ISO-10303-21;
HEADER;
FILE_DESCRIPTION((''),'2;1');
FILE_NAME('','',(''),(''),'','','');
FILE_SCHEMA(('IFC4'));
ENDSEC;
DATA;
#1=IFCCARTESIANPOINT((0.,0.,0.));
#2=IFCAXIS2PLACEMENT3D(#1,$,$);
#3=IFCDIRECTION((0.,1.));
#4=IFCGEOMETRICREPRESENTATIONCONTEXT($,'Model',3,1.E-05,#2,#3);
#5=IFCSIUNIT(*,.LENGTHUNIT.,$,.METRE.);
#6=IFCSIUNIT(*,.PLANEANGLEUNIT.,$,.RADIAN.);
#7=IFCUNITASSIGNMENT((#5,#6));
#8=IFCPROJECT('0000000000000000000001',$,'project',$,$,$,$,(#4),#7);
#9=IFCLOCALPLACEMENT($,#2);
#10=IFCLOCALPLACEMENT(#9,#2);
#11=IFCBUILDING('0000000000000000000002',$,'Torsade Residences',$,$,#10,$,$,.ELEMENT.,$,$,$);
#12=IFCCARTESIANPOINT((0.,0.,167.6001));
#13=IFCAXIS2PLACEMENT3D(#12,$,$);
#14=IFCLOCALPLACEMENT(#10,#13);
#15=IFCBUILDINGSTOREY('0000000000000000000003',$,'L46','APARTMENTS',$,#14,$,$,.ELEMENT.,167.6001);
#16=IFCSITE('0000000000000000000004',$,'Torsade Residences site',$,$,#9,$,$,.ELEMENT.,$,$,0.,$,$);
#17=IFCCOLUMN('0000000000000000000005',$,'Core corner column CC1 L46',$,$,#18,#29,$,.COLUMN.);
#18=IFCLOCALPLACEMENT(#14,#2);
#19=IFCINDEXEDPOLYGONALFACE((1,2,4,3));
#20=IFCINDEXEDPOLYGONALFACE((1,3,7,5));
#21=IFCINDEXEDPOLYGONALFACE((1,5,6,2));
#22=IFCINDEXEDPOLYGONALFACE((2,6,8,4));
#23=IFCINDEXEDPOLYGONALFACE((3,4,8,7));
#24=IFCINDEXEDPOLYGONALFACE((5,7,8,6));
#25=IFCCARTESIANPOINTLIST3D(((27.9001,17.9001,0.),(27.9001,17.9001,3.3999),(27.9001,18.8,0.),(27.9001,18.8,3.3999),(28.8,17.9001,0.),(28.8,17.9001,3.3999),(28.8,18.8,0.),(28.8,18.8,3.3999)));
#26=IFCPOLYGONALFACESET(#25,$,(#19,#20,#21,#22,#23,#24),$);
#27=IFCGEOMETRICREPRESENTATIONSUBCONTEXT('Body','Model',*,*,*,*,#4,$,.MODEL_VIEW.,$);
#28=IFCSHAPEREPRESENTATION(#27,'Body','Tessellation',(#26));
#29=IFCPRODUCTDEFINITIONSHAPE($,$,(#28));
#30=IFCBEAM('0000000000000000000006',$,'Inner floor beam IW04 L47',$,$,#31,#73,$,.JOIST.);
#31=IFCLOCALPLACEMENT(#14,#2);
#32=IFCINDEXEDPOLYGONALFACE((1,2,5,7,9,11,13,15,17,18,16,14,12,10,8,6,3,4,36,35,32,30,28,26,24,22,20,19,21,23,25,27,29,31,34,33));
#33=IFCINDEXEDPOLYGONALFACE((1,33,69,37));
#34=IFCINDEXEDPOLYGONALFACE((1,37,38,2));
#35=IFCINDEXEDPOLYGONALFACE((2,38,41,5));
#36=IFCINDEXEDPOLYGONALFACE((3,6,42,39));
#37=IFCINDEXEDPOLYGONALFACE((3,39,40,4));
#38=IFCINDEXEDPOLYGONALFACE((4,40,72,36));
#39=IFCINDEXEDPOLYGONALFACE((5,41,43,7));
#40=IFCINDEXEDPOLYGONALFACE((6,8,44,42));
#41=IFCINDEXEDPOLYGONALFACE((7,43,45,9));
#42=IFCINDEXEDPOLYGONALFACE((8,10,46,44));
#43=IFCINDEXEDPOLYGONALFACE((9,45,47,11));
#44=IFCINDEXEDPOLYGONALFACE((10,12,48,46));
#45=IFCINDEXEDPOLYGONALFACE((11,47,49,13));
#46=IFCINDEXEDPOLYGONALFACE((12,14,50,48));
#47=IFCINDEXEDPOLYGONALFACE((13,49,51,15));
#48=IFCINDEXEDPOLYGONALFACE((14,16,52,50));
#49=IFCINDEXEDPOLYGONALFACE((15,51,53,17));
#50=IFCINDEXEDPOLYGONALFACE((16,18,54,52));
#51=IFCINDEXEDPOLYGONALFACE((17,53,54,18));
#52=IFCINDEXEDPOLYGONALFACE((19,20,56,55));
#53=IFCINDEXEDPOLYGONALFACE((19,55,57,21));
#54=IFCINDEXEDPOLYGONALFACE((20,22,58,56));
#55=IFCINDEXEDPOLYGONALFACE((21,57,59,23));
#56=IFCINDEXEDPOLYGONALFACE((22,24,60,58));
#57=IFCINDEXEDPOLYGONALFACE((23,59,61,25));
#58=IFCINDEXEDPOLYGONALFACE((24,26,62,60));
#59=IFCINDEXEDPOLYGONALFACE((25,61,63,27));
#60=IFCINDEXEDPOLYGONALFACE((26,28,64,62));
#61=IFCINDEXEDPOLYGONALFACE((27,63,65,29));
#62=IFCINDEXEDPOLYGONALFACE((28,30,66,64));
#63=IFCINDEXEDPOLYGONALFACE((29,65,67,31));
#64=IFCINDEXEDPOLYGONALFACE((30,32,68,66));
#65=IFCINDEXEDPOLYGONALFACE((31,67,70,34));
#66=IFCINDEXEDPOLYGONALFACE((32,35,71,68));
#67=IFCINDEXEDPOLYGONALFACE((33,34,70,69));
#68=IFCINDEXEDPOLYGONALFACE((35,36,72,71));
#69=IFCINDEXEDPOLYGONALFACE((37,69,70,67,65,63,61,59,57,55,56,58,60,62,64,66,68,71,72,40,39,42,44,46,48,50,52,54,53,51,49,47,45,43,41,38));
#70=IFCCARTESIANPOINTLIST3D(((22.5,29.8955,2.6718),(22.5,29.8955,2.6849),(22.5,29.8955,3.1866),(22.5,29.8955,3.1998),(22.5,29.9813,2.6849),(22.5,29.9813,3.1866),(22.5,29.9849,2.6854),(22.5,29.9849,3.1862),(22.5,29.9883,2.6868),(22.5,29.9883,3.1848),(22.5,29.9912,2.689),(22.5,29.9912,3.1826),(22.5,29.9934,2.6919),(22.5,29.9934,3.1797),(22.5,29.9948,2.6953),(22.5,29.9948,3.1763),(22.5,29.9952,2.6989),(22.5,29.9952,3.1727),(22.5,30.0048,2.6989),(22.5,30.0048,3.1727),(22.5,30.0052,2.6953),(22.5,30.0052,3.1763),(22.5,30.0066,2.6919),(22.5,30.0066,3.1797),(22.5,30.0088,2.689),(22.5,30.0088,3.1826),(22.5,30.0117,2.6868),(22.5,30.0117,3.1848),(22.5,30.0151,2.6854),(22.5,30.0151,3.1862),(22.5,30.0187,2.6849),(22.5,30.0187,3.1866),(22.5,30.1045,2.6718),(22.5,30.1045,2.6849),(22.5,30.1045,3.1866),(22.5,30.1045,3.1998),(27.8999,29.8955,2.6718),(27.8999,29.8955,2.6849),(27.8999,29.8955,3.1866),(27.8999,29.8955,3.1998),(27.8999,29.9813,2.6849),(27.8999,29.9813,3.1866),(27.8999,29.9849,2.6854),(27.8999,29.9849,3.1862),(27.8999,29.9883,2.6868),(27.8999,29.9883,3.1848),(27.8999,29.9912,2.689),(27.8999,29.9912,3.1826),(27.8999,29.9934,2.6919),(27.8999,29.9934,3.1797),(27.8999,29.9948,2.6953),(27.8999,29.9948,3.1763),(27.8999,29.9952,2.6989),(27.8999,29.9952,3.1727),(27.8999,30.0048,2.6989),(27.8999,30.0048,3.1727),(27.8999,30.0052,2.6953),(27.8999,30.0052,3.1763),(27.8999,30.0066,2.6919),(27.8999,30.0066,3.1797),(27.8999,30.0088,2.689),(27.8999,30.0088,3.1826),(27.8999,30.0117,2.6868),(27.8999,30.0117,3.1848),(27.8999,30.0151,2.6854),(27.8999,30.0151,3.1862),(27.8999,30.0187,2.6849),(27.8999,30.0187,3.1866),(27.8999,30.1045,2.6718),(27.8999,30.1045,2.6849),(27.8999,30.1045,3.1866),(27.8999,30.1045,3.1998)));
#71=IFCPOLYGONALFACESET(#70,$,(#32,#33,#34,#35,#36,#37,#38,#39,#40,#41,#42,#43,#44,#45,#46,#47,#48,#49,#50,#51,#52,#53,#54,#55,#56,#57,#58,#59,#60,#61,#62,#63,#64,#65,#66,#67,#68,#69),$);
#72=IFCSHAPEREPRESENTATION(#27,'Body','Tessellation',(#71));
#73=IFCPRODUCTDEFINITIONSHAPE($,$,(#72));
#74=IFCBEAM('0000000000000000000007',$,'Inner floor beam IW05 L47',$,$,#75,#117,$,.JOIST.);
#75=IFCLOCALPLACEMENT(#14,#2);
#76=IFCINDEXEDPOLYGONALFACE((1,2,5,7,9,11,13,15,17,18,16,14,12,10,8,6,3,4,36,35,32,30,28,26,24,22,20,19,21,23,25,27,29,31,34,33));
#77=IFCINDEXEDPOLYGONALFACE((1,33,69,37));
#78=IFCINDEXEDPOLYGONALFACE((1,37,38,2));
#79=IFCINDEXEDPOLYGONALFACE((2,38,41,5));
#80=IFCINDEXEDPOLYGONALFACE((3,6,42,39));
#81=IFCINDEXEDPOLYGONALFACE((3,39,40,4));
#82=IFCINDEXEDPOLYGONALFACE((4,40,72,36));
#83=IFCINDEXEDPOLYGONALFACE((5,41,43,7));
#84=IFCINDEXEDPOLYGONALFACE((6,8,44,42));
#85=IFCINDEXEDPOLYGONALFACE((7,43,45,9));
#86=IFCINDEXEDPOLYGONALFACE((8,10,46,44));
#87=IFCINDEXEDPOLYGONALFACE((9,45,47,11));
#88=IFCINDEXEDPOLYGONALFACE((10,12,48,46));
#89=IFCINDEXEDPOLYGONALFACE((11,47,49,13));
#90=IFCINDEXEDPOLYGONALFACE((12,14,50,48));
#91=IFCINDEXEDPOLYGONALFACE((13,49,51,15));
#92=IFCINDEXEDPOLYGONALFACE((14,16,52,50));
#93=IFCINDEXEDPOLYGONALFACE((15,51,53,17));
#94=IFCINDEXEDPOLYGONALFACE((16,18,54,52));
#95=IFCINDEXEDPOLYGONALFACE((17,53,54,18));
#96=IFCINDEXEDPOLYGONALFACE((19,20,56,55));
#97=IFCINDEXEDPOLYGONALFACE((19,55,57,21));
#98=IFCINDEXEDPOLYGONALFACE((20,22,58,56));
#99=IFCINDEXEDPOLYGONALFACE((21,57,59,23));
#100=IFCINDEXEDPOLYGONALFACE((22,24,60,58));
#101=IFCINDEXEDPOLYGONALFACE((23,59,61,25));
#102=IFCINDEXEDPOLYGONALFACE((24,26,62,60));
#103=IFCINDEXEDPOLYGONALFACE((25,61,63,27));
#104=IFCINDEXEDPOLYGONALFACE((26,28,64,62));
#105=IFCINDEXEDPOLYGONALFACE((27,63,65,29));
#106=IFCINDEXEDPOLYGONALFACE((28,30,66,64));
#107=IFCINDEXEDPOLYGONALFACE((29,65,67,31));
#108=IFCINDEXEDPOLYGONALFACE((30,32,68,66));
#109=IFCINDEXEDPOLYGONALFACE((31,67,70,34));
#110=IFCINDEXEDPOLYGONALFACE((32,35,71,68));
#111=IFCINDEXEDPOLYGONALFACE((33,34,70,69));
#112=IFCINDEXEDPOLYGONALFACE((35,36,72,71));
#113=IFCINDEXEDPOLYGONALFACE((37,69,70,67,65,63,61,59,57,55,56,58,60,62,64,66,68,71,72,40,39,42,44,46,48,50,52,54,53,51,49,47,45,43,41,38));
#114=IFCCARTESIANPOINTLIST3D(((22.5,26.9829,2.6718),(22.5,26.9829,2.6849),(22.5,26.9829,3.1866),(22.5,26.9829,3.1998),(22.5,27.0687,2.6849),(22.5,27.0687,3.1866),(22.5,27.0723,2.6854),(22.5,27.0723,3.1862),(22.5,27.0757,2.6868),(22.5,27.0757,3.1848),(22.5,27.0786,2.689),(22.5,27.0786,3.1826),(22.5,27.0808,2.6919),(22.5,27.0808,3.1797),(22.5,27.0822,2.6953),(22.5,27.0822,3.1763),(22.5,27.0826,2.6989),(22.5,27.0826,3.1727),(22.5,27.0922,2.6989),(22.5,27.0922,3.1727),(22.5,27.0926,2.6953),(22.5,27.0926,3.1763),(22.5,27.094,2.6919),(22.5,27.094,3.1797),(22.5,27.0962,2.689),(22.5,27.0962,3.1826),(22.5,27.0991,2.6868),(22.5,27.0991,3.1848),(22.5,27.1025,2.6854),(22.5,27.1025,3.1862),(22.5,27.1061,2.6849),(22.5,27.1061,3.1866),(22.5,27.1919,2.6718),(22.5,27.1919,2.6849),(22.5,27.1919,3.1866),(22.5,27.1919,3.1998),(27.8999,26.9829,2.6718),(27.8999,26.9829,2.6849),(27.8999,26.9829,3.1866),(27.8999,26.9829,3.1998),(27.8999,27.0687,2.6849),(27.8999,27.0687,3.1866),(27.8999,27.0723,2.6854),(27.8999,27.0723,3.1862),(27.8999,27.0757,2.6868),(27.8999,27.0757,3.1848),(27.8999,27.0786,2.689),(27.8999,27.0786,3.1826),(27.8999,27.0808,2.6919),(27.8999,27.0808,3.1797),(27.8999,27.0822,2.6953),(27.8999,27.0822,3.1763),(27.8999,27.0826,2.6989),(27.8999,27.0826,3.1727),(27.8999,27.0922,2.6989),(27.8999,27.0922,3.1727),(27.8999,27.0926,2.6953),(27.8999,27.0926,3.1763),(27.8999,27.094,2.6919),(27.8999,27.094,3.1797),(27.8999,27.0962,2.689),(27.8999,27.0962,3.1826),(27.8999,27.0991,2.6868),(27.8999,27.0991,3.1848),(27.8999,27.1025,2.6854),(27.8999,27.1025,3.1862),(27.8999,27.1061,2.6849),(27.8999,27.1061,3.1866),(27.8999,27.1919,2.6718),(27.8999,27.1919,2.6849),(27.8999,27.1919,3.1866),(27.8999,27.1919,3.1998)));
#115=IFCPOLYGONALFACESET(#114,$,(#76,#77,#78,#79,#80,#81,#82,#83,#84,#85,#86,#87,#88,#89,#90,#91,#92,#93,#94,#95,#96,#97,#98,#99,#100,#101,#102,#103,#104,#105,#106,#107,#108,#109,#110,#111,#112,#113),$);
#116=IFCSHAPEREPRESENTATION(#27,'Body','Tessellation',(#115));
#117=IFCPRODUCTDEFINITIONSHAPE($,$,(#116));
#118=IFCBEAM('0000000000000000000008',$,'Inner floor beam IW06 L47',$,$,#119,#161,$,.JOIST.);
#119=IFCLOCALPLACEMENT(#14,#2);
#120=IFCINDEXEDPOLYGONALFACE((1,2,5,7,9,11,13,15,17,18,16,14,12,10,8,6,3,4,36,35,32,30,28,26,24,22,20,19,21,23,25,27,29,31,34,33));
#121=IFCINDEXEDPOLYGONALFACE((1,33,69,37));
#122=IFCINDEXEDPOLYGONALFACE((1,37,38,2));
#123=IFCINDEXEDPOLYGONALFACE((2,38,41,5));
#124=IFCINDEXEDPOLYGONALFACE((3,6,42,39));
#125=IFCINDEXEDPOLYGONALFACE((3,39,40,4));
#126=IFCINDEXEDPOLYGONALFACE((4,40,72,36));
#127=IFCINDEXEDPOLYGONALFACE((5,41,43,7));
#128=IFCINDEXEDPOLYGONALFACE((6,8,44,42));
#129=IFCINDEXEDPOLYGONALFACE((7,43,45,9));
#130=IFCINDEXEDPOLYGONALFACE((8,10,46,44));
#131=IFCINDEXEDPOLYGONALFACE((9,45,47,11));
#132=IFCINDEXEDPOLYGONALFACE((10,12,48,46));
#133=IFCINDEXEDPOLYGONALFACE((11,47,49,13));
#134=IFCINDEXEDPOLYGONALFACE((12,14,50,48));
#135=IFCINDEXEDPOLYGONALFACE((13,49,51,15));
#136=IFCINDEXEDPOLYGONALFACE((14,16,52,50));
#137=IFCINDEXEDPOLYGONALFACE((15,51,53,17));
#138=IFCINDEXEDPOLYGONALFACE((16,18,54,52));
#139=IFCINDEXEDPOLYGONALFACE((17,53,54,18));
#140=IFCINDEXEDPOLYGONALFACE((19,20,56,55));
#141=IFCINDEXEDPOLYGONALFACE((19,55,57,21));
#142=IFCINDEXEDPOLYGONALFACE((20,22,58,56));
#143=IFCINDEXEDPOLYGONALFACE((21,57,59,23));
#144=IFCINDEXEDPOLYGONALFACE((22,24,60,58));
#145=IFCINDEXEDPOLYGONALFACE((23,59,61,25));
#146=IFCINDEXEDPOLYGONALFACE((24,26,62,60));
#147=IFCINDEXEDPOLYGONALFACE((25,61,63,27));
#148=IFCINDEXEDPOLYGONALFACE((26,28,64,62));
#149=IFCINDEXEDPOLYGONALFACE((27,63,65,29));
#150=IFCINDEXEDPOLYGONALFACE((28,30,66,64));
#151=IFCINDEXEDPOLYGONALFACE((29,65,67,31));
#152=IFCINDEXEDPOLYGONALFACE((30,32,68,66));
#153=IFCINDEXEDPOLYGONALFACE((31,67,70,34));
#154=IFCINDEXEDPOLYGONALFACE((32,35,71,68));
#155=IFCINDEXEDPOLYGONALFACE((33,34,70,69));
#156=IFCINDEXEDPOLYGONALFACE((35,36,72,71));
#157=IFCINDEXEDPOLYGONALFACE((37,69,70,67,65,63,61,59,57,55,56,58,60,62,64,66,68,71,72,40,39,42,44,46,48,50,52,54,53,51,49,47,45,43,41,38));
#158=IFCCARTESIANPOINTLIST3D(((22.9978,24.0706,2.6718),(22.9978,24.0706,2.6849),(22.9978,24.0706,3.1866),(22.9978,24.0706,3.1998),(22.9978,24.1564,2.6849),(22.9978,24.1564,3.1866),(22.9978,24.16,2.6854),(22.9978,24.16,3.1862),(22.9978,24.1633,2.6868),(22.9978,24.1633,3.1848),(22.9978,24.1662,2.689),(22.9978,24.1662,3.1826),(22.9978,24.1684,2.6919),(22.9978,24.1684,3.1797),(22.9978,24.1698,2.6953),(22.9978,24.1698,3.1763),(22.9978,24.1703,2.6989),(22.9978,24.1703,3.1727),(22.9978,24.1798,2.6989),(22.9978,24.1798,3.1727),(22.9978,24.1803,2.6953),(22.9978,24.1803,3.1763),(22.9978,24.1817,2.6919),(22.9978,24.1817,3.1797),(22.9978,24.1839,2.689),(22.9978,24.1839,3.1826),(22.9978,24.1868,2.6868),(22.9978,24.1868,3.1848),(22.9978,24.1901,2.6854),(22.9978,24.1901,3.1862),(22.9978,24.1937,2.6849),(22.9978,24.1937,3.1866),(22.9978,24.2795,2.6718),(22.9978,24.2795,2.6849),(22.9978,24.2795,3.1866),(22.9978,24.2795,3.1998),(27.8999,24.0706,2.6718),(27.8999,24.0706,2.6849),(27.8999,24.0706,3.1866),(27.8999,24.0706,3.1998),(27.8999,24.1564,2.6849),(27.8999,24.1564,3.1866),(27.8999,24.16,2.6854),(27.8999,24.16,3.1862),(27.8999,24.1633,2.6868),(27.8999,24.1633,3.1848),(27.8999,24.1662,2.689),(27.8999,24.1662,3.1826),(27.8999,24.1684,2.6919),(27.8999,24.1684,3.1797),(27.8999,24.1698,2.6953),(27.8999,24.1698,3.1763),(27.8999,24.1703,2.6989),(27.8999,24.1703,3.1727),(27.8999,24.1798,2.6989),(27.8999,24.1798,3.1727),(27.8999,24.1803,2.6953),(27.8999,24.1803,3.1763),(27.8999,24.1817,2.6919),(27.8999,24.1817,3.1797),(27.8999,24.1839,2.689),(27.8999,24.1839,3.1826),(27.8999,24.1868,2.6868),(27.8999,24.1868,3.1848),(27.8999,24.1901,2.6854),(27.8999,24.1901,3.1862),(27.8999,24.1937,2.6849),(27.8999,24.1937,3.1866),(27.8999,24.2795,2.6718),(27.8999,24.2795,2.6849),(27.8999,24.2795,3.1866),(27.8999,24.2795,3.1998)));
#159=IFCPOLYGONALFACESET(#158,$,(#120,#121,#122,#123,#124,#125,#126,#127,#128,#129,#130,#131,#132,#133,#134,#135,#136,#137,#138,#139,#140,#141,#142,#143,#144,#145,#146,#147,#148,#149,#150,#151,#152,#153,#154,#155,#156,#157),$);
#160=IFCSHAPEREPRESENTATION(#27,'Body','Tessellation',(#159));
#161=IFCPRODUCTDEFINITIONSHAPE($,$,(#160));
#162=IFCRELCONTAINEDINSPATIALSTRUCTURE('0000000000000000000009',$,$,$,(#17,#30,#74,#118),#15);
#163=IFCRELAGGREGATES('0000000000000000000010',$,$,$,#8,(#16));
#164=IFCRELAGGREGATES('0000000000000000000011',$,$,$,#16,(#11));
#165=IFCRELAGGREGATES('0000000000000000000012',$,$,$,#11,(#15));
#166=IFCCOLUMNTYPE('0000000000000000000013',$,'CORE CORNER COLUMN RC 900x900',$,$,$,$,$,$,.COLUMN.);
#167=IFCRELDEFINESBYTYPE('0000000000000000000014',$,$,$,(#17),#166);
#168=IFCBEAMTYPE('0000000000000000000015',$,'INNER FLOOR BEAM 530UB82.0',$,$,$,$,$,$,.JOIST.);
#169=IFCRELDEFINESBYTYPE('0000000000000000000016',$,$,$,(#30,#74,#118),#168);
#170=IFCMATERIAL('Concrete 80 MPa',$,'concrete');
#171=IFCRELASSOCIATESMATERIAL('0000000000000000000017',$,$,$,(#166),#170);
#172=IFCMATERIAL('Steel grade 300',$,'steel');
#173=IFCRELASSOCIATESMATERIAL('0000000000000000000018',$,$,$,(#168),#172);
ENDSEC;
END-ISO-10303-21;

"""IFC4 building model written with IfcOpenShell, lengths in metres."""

from ifc_helpers import new_model, si_unit, direction, frame, origin, origin_2d, place, context, subcontext, project, spatial, rectangle, i_section, extrude, material, material_profile, profile_set, type_object, element, save


model = new_model("IFC4")

# Units and contexts
model_context = context("Model", 3, precision=1e-05, world=origin(), true_north=direction((0.0, 1.0)))
body_context = subcontext(model_context, "Body", "Model", "MODEL_VIEW")
ifc_project = project(units=[si_unit("LENGTHUNIT", "METRE"), si_unit("PLANEANGLEUNIT", "RADIAN")], contexts=[model_context])

# Site, building, storey
site_placement = place(None, origin())
site = spatial("IfcSite", under=ifc_project, at=site_placement, Name="Torsade Residences site", CompositionType="ELEMENT", RefElevation=0.0)
building_placement = place(site_placement, origin())
building = spatial("IfcBuilding", under=site, at=building_placement, Name="Torsade Residences", CompositionType="ELEMENT")
storey_placement = place(building_placement, frame((0.0, 0.0, 167.6001)))
storey = spatial("IfcBuildingStorey", under=building, at=storey_placement, Name="L46", Description="APARTMENTS", CompositionType="ELEMENT", Elevation=167.6001)

# Column
ifc_material_1 = material(Name="Concrete 80 MPa", Category="concrete")
ifc_material_profile_1 = material_profile(ifc_material_1, rectangle(XDim=0.8999, YDim=0.8999, at=origin_2d()), Name="RC 900x900")
ifc_profile_set_1 = profile_set([ifc_material_profile_1], Name="Concrete 80 MPa")
column_type = type_object("IfcColumnType", Name="CORE CORNER COLUMN RC 900x900", PredefinedType="COLUMN", material=ifc_profile_set_1)
column_placement = place(storey_placement, frame((28.3501, 18.3501, 0.0), z_axis=(0.0, 0.0, 1.0), x_axis=(1.0, 0.0, 0.0)))
element("IfcColumn", 1, at=column_placement, inside=storey, type_object=column_type, Name="Core corner column CC1 L46", PredefinedType="COLUMN", context=body_context, shape_type="SweptSolid", body=[
    extrude(rectangle(XDim=0.8999, YDim=0.8999, at=origin_2d()), origin(), (0.0, 0.0, 1.0), 3.3999),
])

# Beams
ifc_material_2 = material(Name="Steel grade 300", Category="steel")
ifc_material_profile_2 = material_profile(ifc_material_2, i_section(OverallWidth=0.209, OverallDepth=0.5281, WebThickness=0.0095, FlangeThickness=0.0132, FilletRadius=0.0139, at=origin_2d()), Name="530UB82.0")
ifc_profile_set_2 = profile_set([ifc_material_profile_2], Name="Steel grade 300")
beam_type = type_object("IfcBeamType", Name="INNER FLOOR BEAM 530UB82.0", PredefinedType="JOIST", material=ifc_profile_set_2)
for number, where, z_axis, x_axis, name in (
    (2, (27.8999, 30.0, 2.9358), (-1.0, 0.0, 0.0), (0.0, -1.0, 0.0), "Inner floor beam IW04 L47"),
    (3, (27.8999, 27.0874, 2.9358), (-1.0, 0.0, 0.0), (0.0, -1.0, 0.0), "Inner floor beam IW05 L47"),
):
    element("IfcBeam", number, at=place(storey_placement, frame(where, z_axis=z_axis, x_axis=x_axis)), inside=storey, type_object=beam_type, Name=name, PredefinedType="JOIST", context=body_context, shape_type="SweptSolid", body=[
        extrude(i_section(OverallWidth=0.209, OverallDepth=0.5281, WebThickness=0.0095, FlangeThickness=0.0132, FilletRadius=0.0139, at=origin_2d()), origin(), (0.0, 0.0, 1.0), 5.3999),
    ])
beam_1_placement = place(storey_placement, frame((27.8999, 24.175, 2.9358), z_axis=(-1.0, 0.0, 0.0), x_axis=(0.0, -1.0, 0.0)))
element("IfcBeam", 4, at=beam_1_placement, inside=storey, type_object=beam_type, Name="Inner floor beam IW06 L47", PredefinedType="JOIST", context=body_context, shape_type="SweptSolid", body=[
    extrude(i_section(OverallWidth=0.209, OverallDepth=0.5281, WebThickness=0.0095, FlangeThickness=0.0132, FilletRadius=0.0139, at=origin_2d()), origin(), (0.0, 0.0, 1.0), 4.9021),
])

save(model, "model.ifc")
